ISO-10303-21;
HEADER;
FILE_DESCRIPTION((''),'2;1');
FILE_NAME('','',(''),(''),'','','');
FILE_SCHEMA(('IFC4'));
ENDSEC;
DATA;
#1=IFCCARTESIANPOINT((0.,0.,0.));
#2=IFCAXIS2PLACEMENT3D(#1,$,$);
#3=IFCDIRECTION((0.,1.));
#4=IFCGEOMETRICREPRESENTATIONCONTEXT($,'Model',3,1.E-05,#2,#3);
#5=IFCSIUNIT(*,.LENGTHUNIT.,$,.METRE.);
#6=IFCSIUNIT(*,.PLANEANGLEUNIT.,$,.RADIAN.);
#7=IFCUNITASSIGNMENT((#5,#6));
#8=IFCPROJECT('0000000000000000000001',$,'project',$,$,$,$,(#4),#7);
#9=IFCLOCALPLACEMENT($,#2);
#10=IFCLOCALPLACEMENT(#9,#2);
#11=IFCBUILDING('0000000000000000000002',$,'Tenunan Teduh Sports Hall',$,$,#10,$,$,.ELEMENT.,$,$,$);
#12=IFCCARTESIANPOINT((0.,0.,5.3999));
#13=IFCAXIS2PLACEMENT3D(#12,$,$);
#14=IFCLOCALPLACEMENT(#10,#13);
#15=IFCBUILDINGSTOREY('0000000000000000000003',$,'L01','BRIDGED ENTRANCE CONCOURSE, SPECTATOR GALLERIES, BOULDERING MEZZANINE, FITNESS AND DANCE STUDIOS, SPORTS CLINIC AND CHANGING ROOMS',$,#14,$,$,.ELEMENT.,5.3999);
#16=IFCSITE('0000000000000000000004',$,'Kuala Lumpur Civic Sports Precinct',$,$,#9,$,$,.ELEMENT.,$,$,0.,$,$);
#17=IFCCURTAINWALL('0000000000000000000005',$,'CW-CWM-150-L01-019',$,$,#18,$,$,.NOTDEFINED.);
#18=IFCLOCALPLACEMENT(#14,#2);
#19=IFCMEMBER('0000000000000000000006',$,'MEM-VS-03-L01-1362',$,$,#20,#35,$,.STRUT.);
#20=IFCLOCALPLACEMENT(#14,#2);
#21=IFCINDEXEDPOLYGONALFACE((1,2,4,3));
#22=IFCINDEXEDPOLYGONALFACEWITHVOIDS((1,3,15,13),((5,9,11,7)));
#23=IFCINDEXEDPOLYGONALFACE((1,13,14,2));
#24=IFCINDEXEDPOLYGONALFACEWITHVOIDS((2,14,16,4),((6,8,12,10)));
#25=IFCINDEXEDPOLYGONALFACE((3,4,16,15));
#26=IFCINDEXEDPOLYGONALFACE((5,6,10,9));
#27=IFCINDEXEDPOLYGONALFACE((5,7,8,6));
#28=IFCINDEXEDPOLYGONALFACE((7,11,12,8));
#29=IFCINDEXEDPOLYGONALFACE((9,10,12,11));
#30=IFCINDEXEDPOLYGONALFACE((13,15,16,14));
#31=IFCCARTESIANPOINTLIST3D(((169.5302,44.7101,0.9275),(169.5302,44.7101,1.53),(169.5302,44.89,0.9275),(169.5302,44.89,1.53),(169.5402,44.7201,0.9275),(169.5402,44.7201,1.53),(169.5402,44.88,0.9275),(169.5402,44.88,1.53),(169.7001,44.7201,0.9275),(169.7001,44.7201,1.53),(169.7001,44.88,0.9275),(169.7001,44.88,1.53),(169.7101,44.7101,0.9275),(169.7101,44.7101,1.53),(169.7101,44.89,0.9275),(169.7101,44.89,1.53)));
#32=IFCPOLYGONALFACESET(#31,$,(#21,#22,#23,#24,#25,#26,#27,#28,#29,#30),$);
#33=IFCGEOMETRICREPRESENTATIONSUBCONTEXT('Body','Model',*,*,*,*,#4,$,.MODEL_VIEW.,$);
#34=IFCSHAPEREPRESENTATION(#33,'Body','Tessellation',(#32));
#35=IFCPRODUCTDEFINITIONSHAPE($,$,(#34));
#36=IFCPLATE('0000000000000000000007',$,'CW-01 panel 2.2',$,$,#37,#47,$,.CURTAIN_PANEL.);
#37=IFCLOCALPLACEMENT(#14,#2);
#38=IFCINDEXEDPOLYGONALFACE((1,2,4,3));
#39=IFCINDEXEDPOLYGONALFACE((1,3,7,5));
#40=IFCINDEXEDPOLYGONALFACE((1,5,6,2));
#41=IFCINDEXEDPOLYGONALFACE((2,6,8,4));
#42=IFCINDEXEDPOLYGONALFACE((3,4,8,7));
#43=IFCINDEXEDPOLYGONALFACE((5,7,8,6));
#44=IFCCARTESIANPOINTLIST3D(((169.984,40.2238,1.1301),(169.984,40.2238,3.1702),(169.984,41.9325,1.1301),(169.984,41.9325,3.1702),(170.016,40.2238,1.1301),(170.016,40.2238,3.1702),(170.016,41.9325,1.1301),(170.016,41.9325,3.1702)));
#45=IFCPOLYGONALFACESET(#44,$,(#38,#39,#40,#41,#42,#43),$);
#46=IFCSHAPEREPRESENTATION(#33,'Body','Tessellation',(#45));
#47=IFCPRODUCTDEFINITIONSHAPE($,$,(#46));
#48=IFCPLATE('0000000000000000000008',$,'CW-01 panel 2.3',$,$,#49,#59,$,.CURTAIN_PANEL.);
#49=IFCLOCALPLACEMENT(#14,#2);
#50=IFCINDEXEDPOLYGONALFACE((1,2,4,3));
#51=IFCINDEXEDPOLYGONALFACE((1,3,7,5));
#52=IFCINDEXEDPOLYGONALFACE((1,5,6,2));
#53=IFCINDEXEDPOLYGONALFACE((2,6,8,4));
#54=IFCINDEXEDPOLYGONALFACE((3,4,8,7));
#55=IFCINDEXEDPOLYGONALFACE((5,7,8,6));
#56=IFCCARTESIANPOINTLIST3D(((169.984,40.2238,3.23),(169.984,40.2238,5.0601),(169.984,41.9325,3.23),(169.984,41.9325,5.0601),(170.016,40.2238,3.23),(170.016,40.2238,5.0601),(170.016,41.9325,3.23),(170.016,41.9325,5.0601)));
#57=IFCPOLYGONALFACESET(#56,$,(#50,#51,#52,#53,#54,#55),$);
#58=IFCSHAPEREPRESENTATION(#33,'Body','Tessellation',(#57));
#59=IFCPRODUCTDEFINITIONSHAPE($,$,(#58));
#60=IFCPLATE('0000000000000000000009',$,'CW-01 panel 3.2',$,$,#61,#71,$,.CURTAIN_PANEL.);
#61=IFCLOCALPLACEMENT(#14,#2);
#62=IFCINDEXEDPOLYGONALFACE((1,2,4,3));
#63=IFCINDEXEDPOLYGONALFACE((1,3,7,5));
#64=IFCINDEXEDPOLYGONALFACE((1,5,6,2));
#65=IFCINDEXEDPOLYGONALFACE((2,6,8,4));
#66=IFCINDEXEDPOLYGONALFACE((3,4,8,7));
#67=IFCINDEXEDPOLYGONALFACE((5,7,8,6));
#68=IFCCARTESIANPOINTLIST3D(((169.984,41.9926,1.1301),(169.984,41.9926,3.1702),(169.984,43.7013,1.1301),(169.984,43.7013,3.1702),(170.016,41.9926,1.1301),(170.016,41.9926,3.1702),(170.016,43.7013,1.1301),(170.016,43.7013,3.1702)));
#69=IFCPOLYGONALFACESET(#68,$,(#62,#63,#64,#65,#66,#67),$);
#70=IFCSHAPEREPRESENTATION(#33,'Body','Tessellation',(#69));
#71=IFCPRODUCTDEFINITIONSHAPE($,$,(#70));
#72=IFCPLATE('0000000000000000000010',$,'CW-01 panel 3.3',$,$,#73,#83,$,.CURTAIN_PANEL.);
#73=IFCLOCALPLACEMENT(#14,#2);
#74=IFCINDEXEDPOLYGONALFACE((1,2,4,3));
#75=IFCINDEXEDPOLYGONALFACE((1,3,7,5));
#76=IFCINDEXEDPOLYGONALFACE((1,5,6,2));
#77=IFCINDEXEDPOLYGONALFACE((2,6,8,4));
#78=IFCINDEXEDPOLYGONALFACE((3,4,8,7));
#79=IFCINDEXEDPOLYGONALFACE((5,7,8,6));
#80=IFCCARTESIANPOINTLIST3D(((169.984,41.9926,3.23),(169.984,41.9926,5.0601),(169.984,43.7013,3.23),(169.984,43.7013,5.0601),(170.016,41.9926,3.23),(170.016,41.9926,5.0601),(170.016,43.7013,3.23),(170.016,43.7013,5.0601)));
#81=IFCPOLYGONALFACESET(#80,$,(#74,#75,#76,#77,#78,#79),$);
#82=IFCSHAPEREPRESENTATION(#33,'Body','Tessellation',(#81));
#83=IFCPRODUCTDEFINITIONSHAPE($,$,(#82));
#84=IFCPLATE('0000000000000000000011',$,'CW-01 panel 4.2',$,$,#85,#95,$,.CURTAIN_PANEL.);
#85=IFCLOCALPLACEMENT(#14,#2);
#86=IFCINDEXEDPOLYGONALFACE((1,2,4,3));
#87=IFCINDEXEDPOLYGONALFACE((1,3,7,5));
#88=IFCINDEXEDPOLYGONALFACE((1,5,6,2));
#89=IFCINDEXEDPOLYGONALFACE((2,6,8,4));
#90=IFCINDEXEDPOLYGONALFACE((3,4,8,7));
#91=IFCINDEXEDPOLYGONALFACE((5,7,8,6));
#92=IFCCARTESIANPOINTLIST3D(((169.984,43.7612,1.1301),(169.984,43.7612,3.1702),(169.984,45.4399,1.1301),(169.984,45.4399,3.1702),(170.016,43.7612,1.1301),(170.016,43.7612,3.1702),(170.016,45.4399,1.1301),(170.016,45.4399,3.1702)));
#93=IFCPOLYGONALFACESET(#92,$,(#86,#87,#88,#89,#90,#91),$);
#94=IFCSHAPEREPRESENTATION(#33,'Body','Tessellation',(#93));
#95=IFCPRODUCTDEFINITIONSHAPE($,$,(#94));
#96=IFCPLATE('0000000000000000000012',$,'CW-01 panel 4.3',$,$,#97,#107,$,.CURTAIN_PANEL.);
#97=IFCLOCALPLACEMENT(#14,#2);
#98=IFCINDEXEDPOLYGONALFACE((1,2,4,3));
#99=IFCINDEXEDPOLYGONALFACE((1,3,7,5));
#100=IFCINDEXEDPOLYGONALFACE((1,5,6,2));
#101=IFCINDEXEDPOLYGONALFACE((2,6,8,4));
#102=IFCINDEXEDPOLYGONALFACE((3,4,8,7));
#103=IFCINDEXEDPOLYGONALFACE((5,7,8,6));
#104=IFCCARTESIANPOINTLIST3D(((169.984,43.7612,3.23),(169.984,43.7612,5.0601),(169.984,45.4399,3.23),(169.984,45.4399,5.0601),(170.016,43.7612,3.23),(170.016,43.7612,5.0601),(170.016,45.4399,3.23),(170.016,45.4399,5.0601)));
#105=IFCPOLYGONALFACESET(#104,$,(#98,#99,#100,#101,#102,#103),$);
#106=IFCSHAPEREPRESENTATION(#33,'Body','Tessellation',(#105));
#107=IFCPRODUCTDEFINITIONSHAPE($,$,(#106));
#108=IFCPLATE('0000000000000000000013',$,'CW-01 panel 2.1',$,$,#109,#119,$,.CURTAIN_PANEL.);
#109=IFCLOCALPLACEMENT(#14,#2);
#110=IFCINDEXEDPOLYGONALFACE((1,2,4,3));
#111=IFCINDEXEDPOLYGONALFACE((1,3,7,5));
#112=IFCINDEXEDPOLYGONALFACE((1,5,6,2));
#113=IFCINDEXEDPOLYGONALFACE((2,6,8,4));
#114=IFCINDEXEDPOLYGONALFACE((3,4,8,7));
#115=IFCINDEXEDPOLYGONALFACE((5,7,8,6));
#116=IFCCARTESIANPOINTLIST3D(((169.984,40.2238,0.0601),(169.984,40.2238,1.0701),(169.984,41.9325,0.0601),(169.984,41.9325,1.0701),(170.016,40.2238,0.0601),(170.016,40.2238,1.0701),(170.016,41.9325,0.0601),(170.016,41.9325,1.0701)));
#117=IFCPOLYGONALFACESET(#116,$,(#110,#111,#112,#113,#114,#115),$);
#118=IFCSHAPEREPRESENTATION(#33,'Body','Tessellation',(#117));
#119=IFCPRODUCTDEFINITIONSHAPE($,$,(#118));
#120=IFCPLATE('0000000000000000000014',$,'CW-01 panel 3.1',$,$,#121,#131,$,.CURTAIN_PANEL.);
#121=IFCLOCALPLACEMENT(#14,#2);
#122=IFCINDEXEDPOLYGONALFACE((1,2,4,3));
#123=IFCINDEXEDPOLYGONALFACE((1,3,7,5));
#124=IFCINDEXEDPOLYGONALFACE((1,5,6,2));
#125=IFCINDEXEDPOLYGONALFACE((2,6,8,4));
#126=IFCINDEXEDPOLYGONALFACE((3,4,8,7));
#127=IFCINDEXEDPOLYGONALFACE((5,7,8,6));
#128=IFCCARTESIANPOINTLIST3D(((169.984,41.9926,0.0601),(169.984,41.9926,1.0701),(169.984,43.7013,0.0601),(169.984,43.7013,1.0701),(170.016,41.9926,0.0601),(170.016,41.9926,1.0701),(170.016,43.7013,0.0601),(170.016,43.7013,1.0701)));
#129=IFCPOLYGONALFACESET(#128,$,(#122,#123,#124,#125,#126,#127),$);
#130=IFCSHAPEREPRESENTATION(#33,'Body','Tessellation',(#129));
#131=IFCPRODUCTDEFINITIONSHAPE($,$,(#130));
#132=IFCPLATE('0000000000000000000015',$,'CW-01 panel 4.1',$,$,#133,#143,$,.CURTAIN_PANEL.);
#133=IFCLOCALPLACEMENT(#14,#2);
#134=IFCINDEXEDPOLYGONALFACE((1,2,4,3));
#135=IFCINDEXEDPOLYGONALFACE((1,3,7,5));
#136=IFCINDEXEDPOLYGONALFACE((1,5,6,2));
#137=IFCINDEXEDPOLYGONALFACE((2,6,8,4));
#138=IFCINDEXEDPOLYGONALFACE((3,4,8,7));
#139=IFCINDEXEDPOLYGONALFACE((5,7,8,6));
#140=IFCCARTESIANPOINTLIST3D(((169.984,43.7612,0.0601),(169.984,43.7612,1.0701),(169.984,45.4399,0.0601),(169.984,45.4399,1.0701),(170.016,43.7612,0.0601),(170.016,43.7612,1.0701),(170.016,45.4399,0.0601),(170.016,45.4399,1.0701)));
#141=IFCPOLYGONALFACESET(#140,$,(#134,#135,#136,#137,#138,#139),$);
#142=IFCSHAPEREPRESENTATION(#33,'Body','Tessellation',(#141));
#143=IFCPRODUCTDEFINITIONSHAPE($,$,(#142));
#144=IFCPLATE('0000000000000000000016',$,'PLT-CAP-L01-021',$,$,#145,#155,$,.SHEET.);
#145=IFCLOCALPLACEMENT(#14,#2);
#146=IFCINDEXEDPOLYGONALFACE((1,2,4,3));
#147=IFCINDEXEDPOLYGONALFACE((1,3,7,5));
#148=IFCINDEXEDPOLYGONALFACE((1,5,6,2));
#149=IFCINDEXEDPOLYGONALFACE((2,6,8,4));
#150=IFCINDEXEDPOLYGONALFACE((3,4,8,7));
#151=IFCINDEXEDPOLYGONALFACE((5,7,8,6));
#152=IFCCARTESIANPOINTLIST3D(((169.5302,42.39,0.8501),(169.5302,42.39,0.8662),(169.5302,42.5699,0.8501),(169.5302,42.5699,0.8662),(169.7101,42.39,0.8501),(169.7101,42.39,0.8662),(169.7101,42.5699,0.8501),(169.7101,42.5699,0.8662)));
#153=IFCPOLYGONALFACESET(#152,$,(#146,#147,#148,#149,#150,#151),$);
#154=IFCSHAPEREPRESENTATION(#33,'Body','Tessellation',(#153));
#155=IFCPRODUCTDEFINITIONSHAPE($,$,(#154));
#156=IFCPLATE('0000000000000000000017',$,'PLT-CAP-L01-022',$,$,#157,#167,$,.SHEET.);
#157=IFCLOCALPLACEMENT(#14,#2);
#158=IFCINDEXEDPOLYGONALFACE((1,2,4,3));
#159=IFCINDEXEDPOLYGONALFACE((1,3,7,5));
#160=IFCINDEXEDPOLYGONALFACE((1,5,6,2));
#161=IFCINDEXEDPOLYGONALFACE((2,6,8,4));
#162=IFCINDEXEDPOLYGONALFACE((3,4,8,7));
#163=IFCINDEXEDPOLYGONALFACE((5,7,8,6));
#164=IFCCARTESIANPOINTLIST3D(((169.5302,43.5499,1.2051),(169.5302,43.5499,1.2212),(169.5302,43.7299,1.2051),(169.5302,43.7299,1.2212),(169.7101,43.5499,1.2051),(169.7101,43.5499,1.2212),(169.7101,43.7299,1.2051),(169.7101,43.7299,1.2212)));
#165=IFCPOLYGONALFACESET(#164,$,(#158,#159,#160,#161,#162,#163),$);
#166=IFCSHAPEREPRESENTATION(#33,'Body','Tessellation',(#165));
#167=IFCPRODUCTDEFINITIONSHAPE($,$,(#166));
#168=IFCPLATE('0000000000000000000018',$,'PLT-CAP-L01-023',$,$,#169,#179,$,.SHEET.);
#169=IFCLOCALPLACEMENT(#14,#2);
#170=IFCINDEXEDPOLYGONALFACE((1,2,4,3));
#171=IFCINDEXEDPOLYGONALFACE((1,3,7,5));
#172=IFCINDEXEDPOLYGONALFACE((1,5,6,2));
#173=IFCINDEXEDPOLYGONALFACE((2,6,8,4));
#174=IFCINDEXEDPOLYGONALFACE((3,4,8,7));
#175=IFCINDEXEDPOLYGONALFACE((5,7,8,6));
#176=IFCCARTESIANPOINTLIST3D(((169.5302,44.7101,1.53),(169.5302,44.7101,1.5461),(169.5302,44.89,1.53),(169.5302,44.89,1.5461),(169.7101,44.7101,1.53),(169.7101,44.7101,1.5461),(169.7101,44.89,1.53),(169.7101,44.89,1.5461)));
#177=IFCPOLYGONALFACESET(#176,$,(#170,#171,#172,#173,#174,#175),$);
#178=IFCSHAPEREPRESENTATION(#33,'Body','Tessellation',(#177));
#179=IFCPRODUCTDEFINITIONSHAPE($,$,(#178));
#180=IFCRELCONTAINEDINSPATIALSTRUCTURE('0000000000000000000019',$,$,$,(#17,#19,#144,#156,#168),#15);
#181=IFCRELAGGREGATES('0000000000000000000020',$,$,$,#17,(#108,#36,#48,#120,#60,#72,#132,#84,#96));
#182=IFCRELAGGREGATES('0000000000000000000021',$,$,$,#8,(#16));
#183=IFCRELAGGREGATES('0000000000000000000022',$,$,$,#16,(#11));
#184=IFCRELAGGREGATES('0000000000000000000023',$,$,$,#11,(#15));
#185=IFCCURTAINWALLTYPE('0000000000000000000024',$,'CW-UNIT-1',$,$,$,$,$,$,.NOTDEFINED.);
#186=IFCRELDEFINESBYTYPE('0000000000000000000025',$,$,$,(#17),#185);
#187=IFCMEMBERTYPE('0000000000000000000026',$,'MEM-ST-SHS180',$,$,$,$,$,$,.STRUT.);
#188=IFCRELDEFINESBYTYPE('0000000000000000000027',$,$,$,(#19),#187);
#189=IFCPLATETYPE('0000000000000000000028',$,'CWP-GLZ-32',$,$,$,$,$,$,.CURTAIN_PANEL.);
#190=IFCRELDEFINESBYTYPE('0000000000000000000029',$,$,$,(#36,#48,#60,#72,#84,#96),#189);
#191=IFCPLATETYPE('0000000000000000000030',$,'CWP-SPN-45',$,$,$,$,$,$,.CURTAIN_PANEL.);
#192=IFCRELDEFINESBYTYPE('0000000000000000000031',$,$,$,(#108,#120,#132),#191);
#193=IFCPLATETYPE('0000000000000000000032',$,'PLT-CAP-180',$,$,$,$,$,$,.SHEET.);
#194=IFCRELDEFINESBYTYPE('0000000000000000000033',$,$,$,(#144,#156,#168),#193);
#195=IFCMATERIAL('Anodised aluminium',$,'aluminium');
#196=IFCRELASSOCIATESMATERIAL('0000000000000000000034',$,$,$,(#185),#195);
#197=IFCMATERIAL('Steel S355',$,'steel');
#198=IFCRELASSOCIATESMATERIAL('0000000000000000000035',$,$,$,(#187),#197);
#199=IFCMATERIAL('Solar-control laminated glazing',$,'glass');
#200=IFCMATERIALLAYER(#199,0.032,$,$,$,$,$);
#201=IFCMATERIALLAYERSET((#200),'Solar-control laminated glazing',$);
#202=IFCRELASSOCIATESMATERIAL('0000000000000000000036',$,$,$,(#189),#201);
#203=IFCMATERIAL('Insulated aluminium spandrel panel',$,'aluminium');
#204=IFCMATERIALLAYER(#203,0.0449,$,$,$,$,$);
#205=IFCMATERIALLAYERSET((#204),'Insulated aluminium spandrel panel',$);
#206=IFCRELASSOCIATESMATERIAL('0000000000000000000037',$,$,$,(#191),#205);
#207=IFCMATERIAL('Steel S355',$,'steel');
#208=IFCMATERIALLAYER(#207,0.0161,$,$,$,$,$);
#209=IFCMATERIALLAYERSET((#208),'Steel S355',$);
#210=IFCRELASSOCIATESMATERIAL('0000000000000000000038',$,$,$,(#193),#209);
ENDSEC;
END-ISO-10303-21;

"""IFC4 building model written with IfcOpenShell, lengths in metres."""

from ifc_helpers import new_model, si_unit, direction, frame, origin, origin_2d, place, context, subcontext, project, spatial, rectangle, hollow_rectangle, extrude, material, layer, layer_set, material_profile, profile_set, type_object, element, aggregate, save


model = new_model("IFC4")

# Units and contexts
model_context = context("Model", 3, precision=1e-05, world=origin(), true_north=direction((0.0, 1.0)))
body_context = subcontext(model_context, "Body", "Model", "MODEL_VIEW")
ifc_project = project(units=[si_unit("LENGTHUNIT", "METRE"), si_unit("PLANEANGLEUNIT", "RADIAN")], contexts=[model_context])

# Site, building, storey
site_placement = place(None, origin())
site = spatial("IfcSite", under=ifc_project, at=site_placement, Name="Kuala Lumpur Civic Sports Precinct", CompositionType="ELEMENT", RefElevation=0.0)
building_placement = place(site_placement, origin())
building = spatial("IfcBuilding", under=site, at=building_placement, Name="Tenunan Teduh Sports Hall", CompositionType="ELEMENT")
storey_placement = place(building_placement, frame((0.0, 0.0, 5.3999)))
storey = spatial("IfcBuildingStorey", under=building, at=storey_placement, Name="L01", Description="BRIDGED ENTRANCE CONCOURSE, SPECTATOR GALLERIES, BOULDERING MEZZANINE, FITNESS AND DANCE STUDIOS, SPORTS CLINIC AND CHANGING ROOMS", CompositionType="ELEMENT", Elevation=5.3999)

# Curtain wall
ifc_material_1 = material(Name="Anodised aluminium", Category="aluminium")
curtain_wall_type = type_object("IfcCurtainWallType", Name="CW-UNIT-1", PredefinedType="NOTDEFINED", material=ifc_material_1)
curtain_wall_1_placement = place(storey_placement, origin())
curtain_wall_1 = element("IfcCurtainWall", 1, at=curtain_wall_1_placement, inside=storey, type_object=curtain_wall_type, Name="CW-CWM-150-L01-019", PredefinedType="NOTDEFINED")

# Member
ifc_material_2 = material(Name="Steel S355", Category="steel")
ifc_material_profile_1 = material_profile(ifc_material_2, hollow_rectangle(XDim=0.1799, YDim=0.1799, WallThickness=0.01, at=origin_2d()), Name="SHS 180x180x10.0")
ifc_profile_set_1 = profile_set([ifc_material_profile_1], Name="Steel S355")
member_type_1 = type_object("IfcMemberType", Name="MEM-ST-SHS180", PredefinedType="STRUT", material=ifc_profile_set_1)
member_1_placement = place(storey_placement, frame((169.6201, 44.8, 0.9275), z_axis=(0.0, 0.0, 1.0), x_axis=(1.0, 0.0, 0.0)))
element("IfcMember", 2, at=member_1_placement, inside=storey, type_object=member_type_1, Name="MEM-VS-03-L01-1362", PredefinedType="STRUT", context=body_context, shape_type="SweptSolid", body=[
    extrude(hollow_rectangle(XDim=0.1799, YDim=0.1799, WallThickness=0.01, at=origin_2d()), origin(), (0.0, 0.0, 1.0), 0.6025),
])

# Plates
ifc_material_3 = material(Name="Solar-control laminated glazing", Category="glass")
ifc_layer_1 = layer(ifc_material_3, 0.032)
ifc_layer_set_1 = layer_set([ifc_layer_1], Name="Solar-control laminated glazing")
plate_type_1 = type_object("IfcPlateType", Name="CWP-GLZ-32", PredefinedType="CURTAIN_PANEL", material=ifc_layer_set_1)
plate_1_placement = place(storey_placement, frame((170.0, 41.0781, 1.1301), z_axis=(0.0, 0.0, 1.0), x_axis=(0.0, 1.0, 0.0)))
plate_1 = element("IfcPlate", 3, at=plate_1_placement, type_object=plate_type_1, Name="CW-01 panel 2.2", PredefinedType="CURTAIN_PANEL", context=body_context, shape_type="SweptSolid", body=[
    extrude(rectangle(XDim=1.7087, YDim=0.032, at=origin_2d()), origin(), (0.0, 0.0, 1.0), 2.04),
])
plate_2_placement = place(storey_placement, frame((170.0, 41.0781, 3.23), z_axis=(0.0, 0.0, 1.0), x_axis=(0.0, 1.0, 0.0)))
plate_2 = element("IfcPlate", 4, at=plate_2_placement, type_object=plate_type_1, Name="CW-01 panel 2.3", PredefinedType="CURTAIN_PANEL", context=body_context, shape_type="SweptSolid", body=[
    extrude(rectangle(XDim=1.7087, YDim=0.032, at=origin_2d()), origin(), (0.0, 0.0, 1.0), 1.8301),
])
plate_3_placement = place(storey_placement, frame((170.0, 42.8469, 1.1301), z_axis=(0.0, 0.0, 1.0), x_axis=(0.0, 1.0, 0.0)))
plate_3 = element("IfcPlate", 5, at=plate_3_placement, type_object=plate_type_1, Name="CW-01 panel 3.2", PredefinedType="CURTAIN_PANEL", context=body_context, shape_type="SweptSolid", body=[
    extrude(rectangle(XDim=1.7087, YDim=0.032, at=origin_2d()), origin(), (0.0, 0.0, 1.0), 2.04),
])
plate_4_placement = place(storey_placement, frame((170.0, 42.8469, 3.23), z_axis=(0.0, 0.0, 1.0), x_axis=(0.0, 1.0, 0.0)))
plate_4 = element("IfcPlate", 6, at=plate_4_placement, type_object=plate_type_1, Name="CW-01 panel 3.3", PredefinedType="CURTAIN_PANEL", context=body_context, shape_type="SweptSolid", body=[
    extrude(rectangle(XDim=1.7087, YDim=0.032, at=origin_2d()), origin(), (0.0, 0.0, 1.0), 1.8301),
])
plate_5_placement = place(storey_placement, frame((170.0, 44.6006, 1.1301), z_axis=(0.0, 0.0, 1.0), x_axis=(0.0, 1.0, 0.0)))
plate_5 = element("IfcPlate", 7, at=plate_5_placement, type_object=plate_type_1, Name="CW-01 panel 4.2", PredefinedType="CURTAIN_PANEL", context=body_context, shape_type="SweptSolid", body=[
    extrude(rectangle(XDim=1.6787, YDim=0.032, at=origin_2d()), origin(), (0.0, 0.0, 1.0), 2.04),
])
plate_6_placement = place(storey_placement, frame((170.0, 44.6006, 3.23), z_axis=(0.0, 0.0, 1.0), x_axis=(0.0, 1.0, 0.0)))
plate_6 = element("IfcPlate", 8, at=plate_6_placement, type_object=plate_type_1, Name="CW-01 panel 4.3", PredefinedType="CURTAIN_PANEL", context=body_context, shape_type="SweptSolid", body=[
    extrude(rectangle(XDim=1.6787, YDim=0.032, at=origin_2d()), origin(), (0.0, 0.0, 1.0), 1.8301),
])
ifc_material_4 = material(Name="Insulated aluminium spandrel panel", Category="aluminium")
ifc_layer_2 = layer(ifc_material_4, 0.0449)
ifc_layer_set_2 = layer_set([ifc_layer_2], Name="Insulated aluminium spandrel panel")
plate_type_2 = type_object("IfcPlateType", Name="CWP-SPN-45", PredefinedType="CURTAIN_PANEL", material=ifc_layer_set_2)
plate_7_placement = place(storey_placement, frame((170.0, 41.0781, 0.0601), z_axis=(0.0, 0.0, 1.0), x_axis=(0.0, 1.0, 0.0)))
plate_7 = element("IfcPlate", 9, at=plate_7_placement, type_object=plate_type_2, Name="CW-01 panel 2.1", PredefinedType="CURTAIN_PANEL", context=body_context, shape_type="SweptSolid", body=[
    extrude(rectangle(XDim=1.7087, YDim=0.032, at=origin_2d()), origin(), (0.0, 0.0, 1.0), 1.01),
])
plate_8_placement = place(storey_placement, frame((170.0, 42.8469, 0.0601), z_axis=(0.0, 0.0, 1.0), x_axis=(0.0, 1.0, 0.0)))
plate_8 = element("IfcPlate", 10, at=plate_8_placement, type_object=plate_type_2, Name="CW-01 panel 3.1", PredefinedType="CURTAIN_PANEL", context=body_context, shape_type="SweptSolid", body=[
    extrude(rectangle(XDim=1.7087, YDim=0.032, at=origin_2d()), origin(), (0.0, 0.0, 1.0), 1.01),
])
plate_9_placement = place(storey_placement, frame((170.0, 44.6006, 0.0601), z_axis=(0.0, 0.0, 1.0), x_axis=(0.0, 1.0, 0.0)))
plate_9 = element("IfcPlate", 11, at=plate_9_placement, type_object=plate_type_2, Name="CW-01 panel 4.1", PredefinedType="CURTAIN_PANEL", context=body_context, shape_type="SweptSolid", body=[
    extrude(rectangle(XDim=1.6787, YDim=0.032, at=origin_2d()), origin(), (0.0, 0.0, 1.0), 1.01),
])
aggregate(curtain_wall_1, [plate_7, plate_1, plate_2, plate_8, plate_3, plate_4, plate_9, plate_5, plate_6])

# Plates
ifc_material_5 = material(Name="Steel S355", Category="steel")
ifc_layer_3 = layer(ifc_material_5, 0.0161)
ifc_layer_set_3 = layer_set([ifc_layer_3], Name="Steel S355")
plate_type_3 = type_object("IfcPlateType", Name="PLT-CAP-180", PredefinedType="SHEET", material=ifc_layer_set_3)
for number, where, z_axis, x_axis, name in (
    (12, (169.6201, 42.48, 0.8501), (0.0, 0.0, 1.0), (1.0, 0.0, 0.0), "PLT-CAP-L01-021"),
    (13, (169.6201, 43.6399, 1.2051), (0.0, 0.0, 1.0), (1.0, 0.0, 0.0), "PLT-CAP-L01-022"),
    (14, (169.6201, 44.8, 1.53), (0.0, 0.0, 1.0), (1.0, 0.0, 0.0), "PLT-CAP-L01-023"),
):
    element("IfcPlate", number, at=place(storey_placement, frame(where, z_axis=z_axis, x_axis=x_axis)), inside=storey, type_object=plate_type_3, Name=name, PredefinedType="SHEET", context=body_context, shape_type="SweptSolid", body=[
        extrude(rectangle(XDim=0.1799, YDim=0.1799, at=origin_2d()), origin(), (0.0, 0.0, 1.0), 0.0161),
    ])

save(model, "model.ifc")
